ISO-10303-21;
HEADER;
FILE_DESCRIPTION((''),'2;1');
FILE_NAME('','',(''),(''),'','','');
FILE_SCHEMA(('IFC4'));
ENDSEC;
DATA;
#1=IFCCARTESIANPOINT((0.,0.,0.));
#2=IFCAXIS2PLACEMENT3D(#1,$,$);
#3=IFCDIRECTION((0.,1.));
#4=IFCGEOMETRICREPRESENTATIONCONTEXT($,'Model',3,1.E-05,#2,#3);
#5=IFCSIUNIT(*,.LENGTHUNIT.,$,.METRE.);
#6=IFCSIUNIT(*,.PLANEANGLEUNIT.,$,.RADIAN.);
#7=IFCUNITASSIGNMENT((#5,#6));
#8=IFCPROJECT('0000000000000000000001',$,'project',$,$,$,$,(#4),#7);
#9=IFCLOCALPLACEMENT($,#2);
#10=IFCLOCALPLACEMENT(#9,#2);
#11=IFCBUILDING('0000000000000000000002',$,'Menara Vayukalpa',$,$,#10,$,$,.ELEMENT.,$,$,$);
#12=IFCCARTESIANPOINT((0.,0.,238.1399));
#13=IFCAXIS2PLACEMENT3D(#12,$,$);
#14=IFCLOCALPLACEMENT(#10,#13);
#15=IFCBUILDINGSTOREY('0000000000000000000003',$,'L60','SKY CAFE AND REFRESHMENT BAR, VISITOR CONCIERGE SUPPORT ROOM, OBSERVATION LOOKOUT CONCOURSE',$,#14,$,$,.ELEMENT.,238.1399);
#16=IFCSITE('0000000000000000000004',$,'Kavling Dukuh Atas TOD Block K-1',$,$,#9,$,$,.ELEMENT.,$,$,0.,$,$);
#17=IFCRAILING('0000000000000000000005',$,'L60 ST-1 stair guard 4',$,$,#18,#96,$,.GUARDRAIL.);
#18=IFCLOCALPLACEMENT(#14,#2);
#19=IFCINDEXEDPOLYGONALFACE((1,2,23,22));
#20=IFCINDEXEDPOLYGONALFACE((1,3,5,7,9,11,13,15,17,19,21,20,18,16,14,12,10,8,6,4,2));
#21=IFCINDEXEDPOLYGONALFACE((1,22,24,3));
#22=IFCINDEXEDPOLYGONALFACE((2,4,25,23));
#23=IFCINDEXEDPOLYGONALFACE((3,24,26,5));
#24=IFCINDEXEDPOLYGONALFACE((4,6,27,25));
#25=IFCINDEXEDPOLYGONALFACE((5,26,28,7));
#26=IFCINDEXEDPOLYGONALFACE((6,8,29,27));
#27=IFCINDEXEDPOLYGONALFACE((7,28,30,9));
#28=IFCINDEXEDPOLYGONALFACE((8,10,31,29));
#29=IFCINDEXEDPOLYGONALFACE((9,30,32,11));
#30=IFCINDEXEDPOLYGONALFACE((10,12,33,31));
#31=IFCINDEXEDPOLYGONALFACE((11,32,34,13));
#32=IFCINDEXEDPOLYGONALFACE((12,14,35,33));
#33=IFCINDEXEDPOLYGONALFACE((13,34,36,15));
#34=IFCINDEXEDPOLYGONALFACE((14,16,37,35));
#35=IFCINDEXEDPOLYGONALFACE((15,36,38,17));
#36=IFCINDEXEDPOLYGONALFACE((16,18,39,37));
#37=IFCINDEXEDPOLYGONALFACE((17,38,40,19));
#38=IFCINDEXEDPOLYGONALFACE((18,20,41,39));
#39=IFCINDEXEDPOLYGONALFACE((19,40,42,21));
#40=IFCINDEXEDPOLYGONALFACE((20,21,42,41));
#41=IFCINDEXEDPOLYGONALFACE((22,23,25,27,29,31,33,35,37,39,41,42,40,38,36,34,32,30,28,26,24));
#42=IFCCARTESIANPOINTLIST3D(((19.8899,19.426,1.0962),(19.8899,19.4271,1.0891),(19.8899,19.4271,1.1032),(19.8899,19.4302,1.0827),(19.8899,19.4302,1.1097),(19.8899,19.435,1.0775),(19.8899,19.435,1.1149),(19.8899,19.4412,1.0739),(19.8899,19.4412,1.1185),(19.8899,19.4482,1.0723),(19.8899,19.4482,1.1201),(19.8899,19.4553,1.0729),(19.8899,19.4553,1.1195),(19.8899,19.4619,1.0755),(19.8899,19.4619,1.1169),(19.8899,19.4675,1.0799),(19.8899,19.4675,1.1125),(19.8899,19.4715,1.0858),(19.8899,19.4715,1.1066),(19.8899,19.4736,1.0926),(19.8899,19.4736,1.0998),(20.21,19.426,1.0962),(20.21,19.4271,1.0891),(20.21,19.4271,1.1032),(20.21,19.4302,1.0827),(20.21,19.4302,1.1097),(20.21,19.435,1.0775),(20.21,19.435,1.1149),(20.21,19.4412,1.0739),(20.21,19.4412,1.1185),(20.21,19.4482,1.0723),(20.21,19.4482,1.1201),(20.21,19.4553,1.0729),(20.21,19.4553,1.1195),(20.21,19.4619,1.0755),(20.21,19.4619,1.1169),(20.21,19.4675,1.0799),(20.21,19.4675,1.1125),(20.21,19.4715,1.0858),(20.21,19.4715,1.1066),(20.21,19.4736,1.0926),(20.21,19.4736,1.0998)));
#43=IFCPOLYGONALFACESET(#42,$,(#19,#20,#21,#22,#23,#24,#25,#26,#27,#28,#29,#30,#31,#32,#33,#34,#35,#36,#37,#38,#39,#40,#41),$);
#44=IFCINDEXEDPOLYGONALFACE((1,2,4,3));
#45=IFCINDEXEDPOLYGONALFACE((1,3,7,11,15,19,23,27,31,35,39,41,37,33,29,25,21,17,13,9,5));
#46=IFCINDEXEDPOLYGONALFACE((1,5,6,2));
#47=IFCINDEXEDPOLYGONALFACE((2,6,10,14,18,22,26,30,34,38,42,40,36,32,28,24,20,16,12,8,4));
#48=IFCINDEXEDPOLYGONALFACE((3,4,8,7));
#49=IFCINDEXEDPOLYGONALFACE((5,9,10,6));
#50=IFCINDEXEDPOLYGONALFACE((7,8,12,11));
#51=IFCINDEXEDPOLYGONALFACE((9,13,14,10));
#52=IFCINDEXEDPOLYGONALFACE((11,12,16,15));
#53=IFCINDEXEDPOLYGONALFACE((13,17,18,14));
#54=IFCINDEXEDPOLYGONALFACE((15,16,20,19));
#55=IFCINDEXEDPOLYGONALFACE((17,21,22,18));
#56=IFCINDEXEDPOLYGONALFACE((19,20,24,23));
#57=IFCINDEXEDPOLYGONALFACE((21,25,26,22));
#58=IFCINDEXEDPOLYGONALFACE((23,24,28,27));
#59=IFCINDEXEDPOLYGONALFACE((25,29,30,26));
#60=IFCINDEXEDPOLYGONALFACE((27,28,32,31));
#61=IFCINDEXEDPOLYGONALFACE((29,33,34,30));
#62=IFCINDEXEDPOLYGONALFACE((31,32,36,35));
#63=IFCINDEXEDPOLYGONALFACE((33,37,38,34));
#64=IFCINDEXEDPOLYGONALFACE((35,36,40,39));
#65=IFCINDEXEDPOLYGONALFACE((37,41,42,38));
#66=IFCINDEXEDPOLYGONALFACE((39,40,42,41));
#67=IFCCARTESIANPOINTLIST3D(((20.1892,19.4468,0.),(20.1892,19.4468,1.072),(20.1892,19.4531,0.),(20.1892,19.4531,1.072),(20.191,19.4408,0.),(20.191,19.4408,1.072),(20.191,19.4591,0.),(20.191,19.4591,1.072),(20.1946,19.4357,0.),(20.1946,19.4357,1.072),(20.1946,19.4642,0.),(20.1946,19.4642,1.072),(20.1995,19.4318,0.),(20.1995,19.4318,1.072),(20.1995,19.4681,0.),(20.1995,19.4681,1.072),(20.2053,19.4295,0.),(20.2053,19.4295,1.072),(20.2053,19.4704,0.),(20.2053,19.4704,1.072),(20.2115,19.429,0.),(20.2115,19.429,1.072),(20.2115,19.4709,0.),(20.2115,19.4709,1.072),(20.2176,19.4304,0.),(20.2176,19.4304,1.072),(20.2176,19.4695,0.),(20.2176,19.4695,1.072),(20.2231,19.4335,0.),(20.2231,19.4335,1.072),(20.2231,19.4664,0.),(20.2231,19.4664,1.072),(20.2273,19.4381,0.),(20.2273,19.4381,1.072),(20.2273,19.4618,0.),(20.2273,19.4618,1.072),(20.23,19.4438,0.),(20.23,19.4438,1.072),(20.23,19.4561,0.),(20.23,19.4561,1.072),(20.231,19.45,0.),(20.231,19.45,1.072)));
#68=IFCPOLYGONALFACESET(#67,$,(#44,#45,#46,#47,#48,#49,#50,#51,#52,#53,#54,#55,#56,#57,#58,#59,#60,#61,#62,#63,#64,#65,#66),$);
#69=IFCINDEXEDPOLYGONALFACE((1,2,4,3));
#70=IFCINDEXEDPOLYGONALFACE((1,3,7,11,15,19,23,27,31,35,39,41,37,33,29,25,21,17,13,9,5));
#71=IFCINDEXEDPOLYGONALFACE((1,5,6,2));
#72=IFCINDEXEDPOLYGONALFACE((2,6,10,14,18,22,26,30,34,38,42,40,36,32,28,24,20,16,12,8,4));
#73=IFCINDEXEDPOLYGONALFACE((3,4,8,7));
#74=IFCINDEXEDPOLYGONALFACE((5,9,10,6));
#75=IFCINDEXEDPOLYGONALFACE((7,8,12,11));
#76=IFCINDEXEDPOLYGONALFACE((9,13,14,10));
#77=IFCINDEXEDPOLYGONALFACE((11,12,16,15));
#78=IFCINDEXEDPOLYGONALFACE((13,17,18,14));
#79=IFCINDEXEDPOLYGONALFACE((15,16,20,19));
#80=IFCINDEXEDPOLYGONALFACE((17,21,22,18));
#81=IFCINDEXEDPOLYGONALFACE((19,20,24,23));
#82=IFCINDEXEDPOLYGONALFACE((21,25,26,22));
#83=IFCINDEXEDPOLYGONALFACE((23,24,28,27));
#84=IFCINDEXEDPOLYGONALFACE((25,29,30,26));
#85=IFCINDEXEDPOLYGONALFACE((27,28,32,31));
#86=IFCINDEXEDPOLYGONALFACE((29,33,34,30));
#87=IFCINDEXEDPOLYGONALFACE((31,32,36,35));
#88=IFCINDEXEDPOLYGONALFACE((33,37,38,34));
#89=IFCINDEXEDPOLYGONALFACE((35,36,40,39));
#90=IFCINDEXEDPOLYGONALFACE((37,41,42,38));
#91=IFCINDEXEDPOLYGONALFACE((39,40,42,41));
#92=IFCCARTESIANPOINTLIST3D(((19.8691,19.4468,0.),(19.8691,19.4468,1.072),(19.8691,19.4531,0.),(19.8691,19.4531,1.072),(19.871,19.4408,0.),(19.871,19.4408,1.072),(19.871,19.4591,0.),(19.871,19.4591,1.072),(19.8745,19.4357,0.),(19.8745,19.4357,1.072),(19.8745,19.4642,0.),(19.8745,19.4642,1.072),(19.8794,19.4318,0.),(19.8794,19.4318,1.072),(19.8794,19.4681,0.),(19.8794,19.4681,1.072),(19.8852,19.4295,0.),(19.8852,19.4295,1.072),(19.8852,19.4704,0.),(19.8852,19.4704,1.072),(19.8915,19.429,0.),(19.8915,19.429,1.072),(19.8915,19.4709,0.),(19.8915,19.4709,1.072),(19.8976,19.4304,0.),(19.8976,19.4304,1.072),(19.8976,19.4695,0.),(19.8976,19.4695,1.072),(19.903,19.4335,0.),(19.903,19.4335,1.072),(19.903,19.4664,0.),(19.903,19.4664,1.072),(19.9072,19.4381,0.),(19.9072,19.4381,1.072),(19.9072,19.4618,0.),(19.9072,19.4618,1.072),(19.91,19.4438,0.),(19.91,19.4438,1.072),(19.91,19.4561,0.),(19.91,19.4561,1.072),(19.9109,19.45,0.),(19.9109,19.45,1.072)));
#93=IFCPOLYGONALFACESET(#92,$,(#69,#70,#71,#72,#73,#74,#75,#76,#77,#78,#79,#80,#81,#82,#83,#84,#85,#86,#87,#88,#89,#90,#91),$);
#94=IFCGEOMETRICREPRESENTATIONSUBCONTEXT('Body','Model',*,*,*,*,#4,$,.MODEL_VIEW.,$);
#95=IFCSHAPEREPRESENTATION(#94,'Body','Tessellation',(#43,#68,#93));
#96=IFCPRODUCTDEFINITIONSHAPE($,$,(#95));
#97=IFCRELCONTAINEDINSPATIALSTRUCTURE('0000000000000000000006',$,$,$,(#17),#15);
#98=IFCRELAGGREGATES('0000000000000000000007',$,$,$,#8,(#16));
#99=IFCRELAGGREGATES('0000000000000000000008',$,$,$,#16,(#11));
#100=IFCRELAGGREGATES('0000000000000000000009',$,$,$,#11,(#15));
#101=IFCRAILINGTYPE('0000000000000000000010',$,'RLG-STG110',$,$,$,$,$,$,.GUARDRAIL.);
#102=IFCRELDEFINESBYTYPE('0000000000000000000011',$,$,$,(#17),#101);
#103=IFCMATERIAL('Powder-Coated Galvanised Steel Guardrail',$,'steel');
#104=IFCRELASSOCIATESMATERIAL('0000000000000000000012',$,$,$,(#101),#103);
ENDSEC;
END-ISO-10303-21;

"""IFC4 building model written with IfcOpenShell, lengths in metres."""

from ifc_helpers import new_model, si_unit, direction, frame, origin, origin_2d, place, context, subcontext, project, spatial, circle, extrude, material, type_object, element, save


model = new_model("IFC4")

# Units and contexts
model_context = context("Model", 3, precision=1e-05, world=origin(), true_north=direction((0.0, 1.0)))
body_context = subcontext(model_context, "Body", "Model", "MODEL_VIEW")
ifc_project = project(units=[si_unit("LENGTHUNIT", "METRE"), si_unit("PLANEANGLEUNIT", "RADIAN")], contexts=[model_context])

# Site, building, storey
site_placement = place(None, origin())
site = spatial("IfcSite", under=ifc_project, at=site_placement, Name="Kavling Dukuh Atas TOD Block K-1", CompositionType="ELEMENT", RefElevation=0.0)
building_placement = place(site_placement, origin())
building = spatial("IfcBuilding", under=site, at=building_placement, Name="Menara Vayukalpa", CompositionType="ELEMENT")
storey_placement = place(building_placement, frame((0.0, 0.0, 238.1399)))
storey = spatial("IfcBuildingStorey", under=building, at=storey_placement, Name="L60", Description="SKY CAFE AND REFRESHMENT BAR, VISITOR CONCIERGE SUPPORT ROOM, OBSERVATION LOOKOUT CONCOURSE", CompositionType="ELEMENT", Elevation=238.1399)

# Railing
ifc_material_1 = material(Name="Powder-Coated Galvanised Steel Guardrail", Category="steel")
railing_type_1 = type_object("IfcRailingType", Name="RLG-STG110", PredefinedType="GUARDRAIL", material=ifc_material_1)
railing_1_placement = place(storey_placement, frame((20.21, 19.45, 0.0)))
element("IfcRailing", 1, at=railing_1_placement, inside=storey, type_object=railing_type_1, Name="L60 ST-1 stair guard 4", PredefinedType="GUARDRAIL", context=body_context, shape_type="SweptSolid", body=[
    extrude(circle(Radius=0.0239, at=origin_2d()), frame((0.0, 0.0, 1.0962), z_axis=(-1.0, 0.0, 0.0), x_axis=(0.0, -1.0, 0.0)), (0.0, 0.0, 1.0), 0.3201),
    extrude(circle(Radius=0.021, at=origin_2d()), origin(), (0.0, 0.0, 1.0), 1.072),
    extrude(circle(Radius=0.021, at=origin_2d()), frame((-0.3201, 0.0, 0.0)), (0.0, 0.0, 1.0), 1.072),
])

save(model, "model.ifc")
